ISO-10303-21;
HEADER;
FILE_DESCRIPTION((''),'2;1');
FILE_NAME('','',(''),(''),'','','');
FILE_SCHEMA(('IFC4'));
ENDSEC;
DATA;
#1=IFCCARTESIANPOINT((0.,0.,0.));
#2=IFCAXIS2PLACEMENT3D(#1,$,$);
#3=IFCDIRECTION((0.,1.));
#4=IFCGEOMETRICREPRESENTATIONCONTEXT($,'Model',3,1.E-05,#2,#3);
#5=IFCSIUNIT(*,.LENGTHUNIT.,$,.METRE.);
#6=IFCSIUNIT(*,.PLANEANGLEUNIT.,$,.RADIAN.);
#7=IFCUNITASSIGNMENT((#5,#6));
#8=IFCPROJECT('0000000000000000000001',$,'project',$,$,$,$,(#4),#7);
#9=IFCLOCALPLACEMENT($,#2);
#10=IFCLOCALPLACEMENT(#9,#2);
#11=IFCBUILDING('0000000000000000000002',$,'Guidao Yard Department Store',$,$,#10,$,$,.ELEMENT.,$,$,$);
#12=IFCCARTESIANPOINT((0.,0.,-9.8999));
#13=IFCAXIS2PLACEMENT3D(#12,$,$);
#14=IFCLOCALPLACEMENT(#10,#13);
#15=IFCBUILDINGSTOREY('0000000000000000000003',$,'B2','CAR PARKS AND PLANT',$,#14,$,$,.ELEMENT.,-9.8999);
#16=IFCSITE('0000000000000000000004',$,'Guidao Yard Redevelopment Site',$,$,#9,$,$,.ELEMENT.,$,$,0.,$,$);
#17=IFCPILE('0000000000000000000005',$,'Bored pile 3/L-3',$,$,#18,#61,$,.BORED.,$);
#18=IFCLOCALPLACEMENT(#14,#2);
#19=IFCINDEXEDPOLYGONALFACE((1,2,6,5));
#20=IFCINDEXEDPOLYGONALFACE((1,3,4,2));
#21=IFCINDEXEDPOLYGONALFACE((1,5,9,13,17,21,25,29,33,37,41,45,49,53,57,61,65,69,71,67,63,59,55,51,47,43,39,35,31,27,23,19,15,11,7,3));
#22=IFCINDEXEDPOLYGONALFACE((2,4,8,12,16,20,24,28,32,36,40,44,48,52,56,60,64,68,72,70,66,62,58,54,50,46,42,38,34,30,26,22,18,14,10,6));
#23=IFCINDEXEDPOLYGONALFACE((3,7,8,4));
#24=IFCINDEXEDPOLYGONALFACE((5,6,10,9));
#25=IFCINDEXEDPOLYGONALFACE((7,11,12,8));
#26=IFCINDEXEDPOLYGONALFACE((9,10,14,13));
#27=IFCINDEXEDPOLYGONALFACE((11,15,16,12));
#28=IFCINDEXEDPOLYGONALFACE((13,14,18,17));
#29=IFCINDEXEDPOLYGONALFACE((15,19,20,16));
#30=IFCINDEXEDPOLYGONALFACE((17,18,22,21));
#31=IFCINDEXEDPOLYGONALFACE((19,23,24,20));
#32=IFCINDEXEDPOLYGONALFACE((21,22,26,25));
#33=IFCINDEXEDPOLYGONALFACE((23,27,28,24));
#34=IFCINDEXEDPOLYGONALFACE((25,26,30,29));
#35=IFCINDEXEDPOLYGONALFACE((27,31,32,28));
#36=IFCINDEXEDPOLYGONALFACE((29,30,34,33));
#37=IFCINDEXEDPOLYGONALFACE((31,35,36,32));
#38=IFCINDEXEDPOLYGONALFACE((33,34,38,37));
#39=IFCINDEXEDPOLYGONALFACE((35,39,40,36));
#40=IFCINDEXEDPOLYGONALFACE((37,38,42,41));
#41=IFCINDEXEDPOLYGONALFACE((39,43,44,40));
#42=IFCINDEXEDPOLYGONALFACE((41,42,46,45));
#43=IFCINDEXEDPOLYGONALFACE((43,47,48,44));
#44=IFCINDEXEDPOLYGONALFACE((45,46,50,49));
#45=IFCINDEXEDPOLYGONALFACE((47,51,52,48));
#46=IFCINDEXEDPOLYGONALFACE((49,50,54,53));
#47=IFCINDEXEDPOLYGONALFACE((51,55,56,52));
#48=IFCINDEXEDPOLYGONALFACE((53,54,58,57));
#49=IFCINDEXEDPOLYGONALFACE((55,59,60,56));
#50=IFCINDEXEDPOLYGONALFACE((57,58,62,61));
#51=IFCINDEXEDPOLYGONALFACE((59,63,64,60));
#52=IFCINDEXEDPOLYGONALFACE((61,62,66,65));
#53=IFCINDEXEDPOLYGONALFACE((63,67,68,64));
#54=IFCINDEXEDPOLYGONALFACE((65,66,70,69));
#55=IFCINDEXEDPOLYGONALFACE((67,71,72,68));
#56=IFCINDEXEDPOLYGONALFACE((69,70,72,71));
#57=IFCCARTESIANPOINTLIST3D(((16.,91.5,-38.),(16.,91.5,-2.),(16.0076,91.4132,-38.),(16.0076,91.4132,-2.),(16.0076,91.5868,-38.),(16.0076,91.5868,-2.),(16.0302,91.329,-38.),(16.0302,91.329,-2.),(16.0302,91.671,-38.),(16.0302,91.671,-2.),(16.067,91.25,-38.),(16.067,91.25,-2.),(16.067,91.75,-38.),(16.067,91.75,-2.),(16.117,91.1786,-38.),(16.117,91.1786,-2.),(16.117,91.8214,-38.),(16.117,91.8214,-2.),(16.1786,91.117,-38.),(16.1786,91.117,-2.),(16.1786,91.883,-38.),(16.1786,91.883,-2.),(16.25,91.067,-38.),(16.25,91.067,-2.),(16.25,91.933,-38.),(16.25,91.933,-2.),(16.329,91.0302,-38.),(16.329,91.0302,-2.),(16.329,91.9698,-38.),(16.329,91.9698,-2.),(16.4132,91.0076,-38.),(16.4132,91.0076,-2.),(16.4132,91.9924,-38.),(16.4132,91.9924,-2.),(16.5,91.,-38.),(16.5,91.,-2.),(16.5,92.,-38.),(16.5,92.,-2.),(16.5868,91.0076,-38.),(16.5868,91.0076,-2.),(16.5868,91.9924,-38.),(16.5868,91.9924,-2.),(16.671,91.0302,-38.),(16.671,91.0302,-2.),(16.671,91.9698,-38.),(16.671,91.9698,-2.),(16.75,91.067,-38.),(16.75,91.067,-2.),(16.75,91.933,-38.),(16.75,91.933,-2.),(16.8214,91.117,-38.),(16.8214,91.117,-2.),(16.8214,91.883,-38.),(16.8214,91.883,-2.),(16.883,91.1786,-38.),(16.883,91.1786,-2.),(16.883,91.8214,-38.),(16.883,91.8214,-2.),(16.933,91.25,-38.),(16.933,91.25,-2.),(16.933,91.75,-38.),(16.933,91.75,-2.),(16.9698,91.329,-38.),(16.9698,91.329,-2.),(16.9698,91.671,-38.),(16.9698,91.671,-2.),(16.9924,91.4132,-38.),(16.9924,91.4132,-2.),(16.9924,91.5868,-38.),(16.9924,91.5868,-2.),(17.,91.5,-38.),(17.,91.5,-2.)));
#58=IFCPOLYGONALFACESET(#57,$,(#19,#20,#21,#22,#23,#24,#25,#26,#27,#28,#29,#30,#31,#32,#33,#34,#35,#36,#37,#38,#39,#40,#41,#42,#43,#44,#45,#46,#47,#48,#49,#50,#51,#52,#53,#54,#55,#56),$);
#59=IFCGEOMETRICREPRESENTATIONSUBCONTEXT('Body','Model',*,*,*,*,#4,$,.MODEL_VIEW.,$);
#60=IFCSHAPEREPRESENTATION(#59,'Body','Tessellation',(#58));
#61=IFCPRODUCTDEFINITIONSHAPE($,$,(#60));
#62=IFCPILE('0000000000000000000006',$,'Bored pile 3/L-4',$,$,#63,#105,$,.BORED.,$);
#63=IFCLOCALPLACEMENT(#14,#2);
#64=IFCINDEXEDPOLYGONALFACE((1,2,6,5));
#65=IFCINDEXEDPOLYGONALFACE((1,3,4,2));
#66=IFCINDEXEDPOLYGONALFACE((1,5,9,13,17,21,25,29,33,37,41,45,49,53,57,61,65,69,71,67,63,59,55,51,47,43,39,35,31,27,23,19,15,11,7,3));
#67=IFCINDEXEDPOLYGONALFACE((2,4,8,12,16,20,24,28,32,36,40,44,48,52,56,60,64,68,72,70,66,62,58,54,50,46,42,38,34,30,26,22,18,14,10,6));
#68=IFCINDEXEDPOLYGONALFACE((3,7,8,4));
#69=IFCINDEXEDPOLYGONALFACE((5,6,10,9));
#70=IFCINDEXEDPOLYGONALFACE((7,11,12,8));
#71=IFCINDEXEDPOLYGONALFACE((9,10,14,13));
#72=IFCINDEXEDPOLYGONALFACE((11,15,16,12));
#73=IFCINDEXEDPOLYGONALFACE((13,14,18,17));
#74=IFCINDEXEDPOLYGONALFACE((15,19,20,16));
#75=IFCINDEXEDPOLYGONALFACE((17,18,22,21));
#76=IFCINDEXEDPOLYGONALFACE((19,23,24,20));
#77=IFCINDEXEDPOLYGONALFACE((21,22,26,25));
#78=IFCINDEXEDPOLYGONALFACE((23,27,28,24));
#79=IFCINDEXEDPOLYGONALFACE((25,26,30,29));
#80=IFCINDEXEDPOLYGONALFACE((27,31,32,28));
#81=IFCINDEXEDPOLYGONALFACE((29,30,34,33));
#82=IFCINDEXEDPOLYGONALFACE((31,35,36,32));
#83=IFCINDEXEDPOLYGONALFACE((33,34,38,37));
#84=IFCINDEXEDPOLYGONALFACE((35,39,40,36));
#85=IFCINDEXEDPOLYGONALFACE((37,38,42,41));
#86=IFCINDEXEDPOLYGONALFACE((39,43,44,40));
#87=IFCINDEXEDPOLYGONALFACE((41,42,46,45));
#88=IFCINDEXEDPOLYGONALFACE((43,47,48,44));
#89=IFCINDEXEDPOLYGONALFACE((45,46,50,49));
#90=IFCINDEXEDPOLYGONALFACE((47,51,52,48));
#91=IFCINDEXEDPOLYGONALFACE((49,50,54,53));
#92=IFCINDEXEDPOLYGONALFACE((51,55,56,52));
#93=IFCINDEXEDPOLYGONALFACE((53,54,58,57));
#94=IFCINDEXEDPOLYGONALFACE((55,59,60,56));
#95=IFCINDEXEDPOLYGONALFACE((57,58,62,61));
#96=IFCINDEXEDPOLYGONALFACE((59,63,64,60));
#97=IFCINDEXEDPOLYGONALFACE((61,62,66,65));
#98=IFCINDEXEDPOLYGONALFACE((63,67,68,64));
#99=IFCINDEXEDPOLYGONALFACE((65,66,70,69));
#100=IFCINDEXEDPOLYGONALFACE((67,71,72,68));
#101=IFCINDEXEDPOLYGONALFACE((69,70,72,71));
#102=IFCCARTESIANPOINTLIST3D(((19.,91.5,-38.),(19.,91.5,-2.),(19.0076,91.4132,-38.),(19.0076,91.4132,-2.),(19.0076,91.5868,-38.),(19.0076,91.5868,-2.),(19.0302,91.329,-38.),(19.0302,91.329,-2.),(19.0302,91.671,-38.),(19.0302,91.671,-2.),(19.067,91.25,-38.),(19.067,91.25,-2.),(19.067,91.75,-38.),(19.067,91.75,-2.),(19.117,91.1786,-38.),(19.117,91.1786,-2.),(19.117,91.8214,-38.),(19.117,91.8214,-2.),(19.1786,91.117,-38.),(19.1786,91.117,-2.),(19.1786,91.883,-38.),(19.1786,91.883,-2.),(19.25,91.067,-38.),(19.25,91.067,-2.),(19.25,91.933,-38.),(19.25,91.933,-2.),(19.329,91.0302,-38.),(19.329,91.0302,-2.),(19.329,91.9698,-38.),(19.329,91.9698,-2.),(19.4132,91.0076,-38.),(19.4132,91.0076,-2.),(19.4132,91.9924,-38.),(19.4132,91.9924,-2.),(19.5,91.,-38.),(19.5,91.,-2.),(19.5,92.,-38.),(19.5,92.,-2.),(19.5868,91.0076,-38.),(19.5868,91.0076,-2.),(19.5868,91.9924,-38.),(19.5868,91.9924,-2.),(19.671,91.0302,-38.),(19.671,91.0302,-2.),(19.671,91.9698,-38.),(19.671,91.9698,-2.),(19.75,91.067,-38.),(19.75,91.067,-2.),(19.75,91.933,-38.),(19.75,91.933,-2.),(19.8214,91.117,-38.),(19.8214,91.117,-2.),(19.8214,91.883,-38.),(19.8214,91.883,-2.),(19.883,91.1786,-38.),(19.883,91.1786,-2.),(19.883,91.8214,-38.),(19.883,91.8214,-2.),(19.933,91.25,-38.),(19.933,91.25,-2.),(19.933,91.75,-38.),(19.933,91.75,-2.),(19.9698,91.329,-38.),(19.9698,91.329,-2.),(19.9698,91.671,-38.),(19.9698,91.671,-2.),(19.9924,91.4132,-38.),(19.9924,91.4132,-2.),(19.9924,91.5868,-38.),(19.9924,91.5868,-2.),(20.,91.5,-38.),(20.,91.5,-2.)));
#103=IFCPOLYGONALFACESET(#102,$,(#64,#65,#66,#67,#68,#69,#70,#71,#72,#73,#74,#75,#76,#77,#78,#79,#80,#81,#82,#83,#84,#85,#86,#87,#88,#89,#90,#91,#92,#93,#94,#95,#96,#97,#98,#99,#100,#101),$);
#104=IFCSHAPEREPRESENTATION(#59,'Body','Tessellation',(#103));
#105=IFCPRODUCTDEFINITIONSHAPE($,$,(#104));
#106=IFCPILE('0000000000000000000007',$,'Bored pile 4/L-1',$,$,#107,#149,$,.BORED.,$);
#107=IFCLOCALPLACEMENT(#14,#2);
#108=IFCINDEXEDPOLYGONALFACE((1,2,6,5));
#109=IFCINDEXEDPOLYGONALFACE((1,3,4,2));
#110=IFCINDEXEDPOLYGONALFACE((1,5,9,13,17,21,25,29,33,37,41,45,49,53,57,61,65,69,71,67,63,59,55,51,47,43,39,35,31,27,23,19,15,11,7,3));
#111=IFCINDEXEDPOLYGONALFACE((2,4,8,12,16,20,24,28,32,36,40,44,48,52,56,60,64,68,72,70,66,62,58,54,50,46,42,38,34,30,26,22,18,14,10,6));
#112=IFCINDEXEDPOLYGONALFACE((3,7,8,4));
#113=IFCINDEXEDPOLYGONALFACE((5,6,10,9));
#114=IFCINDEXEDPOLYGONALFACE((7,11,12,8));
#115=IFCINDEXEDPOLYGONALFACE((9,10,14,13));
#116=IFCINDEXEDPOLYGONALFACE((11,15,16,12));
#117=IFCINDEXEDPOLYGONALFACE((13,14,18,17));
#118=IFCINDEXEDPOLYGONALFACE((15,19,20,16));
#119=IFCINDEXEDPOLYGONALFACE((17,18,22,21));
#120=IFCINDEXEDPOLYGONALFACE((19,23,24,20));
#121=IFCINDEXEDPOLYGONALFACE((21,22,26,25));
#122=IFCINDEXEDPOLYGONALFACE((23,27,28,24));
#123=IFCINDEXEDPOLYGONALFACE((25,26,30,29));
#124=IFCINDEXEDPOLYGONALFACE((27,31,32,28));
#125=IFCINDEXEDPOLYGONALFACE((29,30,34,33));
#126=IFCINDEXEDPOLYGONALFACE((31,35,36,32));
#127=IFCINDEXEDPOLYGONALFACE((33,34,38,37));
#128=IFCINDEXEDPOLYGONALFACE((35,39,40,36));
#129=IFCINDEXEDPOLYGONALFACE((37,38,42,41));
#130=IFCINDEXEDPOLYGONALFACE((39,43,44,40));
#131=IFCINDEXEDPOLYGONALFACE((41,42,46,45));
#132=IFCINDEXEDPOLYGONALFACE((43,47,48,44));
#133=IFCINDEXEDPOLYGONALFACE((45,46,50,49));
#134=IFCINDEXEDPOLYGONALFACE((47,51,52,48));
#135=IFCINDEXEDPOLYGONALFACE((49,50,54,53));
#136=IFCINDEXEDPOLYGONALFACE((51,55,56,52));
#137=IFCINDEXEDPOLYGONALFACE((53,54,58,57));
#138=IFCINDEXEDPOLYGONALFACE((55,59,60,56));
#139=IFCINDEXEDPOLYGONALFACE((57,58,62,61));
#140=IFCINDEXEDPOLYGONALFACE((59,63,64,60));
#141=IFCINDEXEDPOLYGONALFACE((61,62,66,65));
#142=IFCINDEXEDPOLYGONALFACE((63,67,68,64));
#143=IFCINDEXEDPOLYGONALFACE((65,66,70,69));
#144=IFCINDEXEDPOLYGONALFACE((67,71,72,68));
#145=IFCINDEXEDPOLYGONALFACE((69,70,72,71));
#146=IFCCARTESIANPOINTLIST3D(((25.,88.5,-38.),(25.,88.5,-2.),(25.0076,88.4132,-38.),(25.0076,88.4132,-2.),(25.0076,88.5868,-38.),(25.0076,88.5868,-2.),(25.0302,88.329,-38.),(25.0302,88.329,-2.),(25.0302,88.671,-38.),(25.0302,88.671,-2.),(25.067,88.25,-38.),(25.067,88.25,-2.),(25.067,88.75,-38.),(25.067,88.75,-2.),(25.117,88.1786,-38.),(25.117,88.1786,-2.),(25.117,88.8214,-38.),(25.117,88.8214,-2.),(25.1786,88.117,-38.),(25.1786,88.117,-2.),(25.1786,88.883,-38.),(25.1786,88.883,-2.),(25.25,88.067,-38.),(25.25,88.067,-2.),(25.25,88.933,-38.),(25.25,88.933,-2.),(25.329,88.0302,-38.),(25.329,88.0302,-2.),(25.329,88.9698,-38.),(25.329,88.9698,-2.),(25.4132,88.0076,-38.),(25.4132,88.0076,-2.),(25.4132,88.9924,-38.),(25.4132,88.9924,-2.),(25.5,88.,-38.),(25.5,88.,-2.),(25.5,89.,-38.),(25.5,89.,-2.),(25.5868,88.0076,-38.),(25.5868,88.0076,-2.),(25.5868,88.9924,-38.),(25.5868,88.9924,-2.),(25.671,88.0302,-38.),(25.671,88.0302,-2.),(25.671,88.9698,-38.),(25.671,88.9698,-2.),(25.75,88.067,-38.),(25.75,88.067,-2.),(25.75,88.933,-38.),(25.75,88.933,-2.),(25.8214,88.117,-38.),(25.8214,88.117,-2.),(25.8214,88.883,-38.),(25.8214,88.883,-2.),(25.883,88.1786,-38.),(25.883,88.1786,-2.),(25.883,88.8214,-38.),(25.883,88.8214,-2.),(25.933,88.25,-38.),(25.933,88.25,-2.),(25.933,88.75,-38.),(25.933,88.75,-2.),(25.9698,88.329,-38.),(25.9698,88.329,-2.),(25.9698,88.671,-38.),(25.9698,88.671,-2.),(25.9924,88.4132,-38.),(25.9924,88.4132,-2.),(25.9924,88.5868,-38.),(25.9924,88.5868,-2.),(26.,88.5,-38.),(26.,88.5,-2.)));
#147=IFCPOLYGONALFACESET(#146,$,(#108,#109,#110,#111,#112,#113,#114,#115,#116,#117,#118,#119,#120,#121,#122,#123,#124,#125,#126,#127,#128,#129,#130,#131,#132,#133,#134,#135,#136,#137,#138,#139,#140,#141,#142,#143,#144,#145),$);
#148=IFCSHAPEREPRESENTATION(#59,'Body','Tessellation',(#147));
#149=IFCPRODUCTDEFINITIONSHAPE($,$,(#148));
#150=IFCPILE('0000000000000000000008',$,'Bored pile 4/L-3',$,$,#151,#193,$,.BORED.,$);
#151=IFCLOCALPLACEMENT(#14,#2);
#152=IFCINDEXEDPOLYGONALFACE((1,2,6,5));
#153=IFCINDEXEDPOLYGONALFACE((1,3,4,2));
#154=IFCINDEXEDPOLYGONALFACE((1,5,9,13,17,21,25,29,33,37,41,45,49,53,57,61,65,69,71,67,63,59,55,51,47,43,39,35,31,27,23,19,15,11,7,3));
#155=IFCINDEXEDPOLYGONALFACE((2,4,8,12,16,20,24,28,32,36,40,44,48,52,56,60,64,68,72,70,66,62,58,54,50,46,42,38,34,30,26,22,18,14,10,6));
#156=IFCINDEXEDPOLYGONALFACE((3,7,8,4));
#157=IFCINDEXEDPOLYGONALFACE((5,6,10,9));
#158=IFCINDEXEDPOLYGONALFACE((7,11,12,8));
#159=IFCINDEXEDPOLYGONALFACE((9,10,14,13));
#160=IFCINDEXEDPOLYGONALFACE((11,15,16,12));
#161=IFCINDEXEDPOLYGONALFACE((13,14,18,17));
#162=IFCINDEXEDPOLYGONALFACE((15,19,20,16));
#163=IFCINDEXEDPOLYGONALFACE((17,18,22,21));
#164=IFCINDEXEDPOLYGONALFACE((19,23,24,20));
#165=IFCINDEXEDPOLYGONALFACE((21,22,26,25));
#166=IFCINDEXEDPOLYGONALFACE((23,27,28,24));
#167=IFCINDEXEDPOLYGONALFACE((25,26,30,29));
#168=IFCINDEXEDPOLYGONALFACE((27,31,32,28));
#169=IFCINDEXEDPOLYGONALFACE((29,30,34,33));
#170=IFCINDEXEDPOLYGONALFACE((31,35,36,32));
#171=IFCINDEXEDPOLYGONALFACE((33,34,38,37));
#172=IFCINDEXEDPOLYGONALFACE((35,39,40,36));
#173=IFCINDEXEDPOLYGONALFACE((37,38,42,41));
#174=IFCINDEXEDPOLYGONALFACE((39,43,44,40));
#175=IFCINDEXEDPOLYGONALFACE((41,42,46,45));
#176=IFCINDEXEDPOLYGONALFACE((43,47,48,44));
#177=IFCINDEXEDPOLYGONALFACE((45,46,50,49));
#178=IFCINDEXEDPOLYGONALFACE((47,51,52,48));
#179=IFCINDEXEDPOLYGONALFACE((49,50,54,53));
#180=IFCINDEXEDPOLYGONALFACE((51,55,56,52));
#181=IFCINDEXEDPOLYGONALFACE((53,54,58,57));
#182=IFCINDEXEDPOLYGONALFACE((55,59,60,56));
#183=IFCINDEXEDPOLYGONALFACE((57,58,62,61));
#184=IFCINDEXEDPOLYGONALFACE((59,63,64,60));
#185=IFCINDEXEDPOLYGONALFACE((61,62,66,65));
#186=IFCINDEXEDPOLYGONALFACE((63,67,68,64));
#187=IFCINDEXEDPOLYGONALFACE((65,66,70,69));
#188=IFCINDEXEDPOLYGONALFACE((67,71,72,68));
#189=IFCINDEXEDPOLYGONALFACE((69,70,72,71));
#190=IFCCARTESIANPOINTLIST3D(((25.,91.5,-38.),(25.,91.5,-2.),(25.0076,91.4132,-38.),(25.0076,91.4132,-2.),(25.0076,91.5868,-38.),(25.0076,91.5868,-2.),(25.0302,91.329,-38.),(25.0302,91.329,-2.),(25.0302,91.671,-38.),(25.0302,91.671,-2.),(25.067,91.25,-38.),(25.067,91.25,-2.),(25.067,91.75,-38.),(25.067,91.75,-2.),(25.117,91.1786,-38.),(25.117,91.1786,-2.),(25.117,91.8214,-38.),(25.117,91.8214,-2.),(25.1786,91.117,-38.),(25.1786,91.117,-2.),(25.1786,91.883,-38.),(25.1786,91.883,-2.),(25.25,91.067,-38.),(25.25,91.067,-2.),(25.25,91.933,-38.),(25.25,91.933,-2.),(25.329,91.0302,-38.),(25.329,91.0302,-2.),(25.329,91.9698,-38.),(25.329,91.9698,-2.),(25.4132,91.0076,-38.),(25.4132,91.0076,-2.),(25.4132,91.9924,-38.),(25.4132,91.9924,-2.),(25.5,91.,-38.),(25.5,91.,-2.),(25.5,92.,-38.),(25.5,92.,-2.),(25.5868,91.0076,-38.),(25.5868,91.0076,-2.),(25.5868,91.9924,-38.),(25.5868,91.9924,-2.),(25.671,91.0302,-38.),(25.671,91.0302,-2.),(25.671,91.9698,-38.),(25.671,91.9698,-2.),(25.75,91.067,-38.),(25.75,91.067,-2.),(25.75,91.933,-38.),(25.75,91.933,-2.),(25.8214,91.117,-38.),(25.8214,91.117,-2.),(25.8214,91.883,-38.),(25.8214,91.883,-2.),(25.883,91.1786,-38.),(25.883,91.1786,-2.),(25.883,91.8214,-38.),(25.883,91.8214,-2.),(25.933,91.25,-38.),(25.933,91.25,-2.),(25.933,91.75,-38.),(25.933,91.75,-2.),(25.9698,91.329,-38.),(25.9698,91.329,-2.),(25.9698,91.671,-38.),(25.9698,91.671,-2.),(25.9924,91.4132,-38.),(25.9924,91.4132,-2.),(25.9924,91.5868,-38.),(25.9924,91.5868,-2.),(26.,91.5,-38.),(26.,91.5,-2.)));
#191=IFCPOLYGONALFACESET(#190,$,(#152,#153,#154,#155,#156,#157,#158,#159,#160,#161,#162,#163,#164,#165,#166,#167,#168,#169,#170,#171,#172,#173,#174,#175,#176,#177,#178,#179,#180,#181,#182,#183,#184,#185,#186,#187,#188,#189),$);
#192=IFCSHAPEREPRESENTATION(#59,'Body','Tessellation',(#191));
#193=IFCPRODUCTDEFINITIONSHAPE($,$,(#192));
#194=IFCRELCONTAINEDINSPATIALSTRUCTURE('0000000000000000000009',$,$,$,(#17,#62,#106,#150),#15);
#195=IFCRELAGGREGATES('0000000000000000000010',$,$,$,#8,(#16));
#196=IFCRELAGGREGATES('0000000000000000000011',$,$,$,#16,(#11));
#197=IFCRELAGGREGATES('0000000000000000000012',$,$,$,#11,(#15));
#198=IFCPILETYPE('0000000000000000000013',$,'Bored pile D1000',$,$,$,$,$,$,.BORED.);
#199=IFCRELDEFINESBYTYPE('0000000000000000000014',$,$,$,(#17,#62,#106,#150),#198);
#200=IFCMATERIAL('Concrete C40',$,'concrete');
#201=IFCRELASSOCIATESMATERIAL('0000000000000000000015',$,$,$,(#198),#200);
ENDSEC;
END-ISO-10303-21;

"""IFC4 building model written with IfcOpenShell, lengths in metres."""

from ifc_helpers import new_model, si_unit, direction, frame, origin, origin_2d, place, context, subcontext, project, spatial, circle, extrude, material, material_profile, profile_set, type_object, element, save


model = new_model("IFC4")

# Units and contexts
model_context = context("Model", 3, precision=1e-05, world=origin(), true_north=direction((0.0, 1.0)))
body_context = subcontext(model_context, "Body", "Model", "MODEL_VIEW")
ifc_project = project(units=[si_unit("LENGTHUNIT", "METRE"), si_unit("PLANEANGLEUNIT", "RADIAN")], contexts=[model_context])

# Site, building, storey
site_placement = place(None, origin())
site = spatial("IfcSite", under=ifc_project, at=site_placement, Name="Guidao Yard Redevelopment Site", CompositionType="ELEMENT", RefElevation=0.0)
building_placement = place(site_placement, origin())
building = spatial("IfcBuilding", under=site, at=building_placement, Name="Guidao Yard Department Store", CompositionType="ELEMENT")
storey_placement = place(building_placement, frame((0.0, 0.0, -9.8999)))
storey = spatial("IfcBuildingStorey", under=building, at=storey_placement, Name="B2", Description="CAR PARKS AND PLANT", CompositionType="ELEMENT", Elevation=-9.8999)

# Piles
ifc_material_1 = material(Name="Concrete C40", Category="concrete")
ifc_material_profile_1 = material_profile(ifc_material_1, circle(Radius=0.5, at=origin_2d()), Name="Bored pile D1000")
ifc_profile_set_1 = profile_set([ifc_material_profile_1], Name="Concrete C40")
pile_type = type_object("IfcPileType", Name="Bored pile D1000", PredefinedType="BORED", material=ifc_profile_set_1)
for number, where, z_axis, x_axis, name in (
    (1, (16.5, 91.5, -2.0), (0.0, 0.0, -1.0), (1.0, 0.0, 0.0), "Bored pile 3/L-3"),
    (2, (19.5, 91.5, -2.0), (0.0, 0.0, -1.0), (1.0, 0.0, 0.0), "Bored pile 3/L-4"),
    (3, (25.5, 88.5, -2.0), (0.0, 0.0, -1.0), (1.0, 0.0, 0.0), "Bored pile 4/L-1"),
    (4, (25.5, 91.5, -2.0), (0.0, 0.0, -1.0), (1.0, 0.0, 0.0), "Bored pile 4/L-3"),
):
    element("IfcPile", number, at=place(storey_placement, frame(where, z_axis=z_axis, x_axis=x_axis)), inside=storey, type_object=pile_type, Name=name, PredefinedType="BORED", context=body_context, shape_type="SweptSolid", body=[
        extrude(circle(Radius=0.5, at=origin_2d()), origin(), (0.0, 0.0, 1.0), 36.0),
    ])

save(model, "model.ifc")
